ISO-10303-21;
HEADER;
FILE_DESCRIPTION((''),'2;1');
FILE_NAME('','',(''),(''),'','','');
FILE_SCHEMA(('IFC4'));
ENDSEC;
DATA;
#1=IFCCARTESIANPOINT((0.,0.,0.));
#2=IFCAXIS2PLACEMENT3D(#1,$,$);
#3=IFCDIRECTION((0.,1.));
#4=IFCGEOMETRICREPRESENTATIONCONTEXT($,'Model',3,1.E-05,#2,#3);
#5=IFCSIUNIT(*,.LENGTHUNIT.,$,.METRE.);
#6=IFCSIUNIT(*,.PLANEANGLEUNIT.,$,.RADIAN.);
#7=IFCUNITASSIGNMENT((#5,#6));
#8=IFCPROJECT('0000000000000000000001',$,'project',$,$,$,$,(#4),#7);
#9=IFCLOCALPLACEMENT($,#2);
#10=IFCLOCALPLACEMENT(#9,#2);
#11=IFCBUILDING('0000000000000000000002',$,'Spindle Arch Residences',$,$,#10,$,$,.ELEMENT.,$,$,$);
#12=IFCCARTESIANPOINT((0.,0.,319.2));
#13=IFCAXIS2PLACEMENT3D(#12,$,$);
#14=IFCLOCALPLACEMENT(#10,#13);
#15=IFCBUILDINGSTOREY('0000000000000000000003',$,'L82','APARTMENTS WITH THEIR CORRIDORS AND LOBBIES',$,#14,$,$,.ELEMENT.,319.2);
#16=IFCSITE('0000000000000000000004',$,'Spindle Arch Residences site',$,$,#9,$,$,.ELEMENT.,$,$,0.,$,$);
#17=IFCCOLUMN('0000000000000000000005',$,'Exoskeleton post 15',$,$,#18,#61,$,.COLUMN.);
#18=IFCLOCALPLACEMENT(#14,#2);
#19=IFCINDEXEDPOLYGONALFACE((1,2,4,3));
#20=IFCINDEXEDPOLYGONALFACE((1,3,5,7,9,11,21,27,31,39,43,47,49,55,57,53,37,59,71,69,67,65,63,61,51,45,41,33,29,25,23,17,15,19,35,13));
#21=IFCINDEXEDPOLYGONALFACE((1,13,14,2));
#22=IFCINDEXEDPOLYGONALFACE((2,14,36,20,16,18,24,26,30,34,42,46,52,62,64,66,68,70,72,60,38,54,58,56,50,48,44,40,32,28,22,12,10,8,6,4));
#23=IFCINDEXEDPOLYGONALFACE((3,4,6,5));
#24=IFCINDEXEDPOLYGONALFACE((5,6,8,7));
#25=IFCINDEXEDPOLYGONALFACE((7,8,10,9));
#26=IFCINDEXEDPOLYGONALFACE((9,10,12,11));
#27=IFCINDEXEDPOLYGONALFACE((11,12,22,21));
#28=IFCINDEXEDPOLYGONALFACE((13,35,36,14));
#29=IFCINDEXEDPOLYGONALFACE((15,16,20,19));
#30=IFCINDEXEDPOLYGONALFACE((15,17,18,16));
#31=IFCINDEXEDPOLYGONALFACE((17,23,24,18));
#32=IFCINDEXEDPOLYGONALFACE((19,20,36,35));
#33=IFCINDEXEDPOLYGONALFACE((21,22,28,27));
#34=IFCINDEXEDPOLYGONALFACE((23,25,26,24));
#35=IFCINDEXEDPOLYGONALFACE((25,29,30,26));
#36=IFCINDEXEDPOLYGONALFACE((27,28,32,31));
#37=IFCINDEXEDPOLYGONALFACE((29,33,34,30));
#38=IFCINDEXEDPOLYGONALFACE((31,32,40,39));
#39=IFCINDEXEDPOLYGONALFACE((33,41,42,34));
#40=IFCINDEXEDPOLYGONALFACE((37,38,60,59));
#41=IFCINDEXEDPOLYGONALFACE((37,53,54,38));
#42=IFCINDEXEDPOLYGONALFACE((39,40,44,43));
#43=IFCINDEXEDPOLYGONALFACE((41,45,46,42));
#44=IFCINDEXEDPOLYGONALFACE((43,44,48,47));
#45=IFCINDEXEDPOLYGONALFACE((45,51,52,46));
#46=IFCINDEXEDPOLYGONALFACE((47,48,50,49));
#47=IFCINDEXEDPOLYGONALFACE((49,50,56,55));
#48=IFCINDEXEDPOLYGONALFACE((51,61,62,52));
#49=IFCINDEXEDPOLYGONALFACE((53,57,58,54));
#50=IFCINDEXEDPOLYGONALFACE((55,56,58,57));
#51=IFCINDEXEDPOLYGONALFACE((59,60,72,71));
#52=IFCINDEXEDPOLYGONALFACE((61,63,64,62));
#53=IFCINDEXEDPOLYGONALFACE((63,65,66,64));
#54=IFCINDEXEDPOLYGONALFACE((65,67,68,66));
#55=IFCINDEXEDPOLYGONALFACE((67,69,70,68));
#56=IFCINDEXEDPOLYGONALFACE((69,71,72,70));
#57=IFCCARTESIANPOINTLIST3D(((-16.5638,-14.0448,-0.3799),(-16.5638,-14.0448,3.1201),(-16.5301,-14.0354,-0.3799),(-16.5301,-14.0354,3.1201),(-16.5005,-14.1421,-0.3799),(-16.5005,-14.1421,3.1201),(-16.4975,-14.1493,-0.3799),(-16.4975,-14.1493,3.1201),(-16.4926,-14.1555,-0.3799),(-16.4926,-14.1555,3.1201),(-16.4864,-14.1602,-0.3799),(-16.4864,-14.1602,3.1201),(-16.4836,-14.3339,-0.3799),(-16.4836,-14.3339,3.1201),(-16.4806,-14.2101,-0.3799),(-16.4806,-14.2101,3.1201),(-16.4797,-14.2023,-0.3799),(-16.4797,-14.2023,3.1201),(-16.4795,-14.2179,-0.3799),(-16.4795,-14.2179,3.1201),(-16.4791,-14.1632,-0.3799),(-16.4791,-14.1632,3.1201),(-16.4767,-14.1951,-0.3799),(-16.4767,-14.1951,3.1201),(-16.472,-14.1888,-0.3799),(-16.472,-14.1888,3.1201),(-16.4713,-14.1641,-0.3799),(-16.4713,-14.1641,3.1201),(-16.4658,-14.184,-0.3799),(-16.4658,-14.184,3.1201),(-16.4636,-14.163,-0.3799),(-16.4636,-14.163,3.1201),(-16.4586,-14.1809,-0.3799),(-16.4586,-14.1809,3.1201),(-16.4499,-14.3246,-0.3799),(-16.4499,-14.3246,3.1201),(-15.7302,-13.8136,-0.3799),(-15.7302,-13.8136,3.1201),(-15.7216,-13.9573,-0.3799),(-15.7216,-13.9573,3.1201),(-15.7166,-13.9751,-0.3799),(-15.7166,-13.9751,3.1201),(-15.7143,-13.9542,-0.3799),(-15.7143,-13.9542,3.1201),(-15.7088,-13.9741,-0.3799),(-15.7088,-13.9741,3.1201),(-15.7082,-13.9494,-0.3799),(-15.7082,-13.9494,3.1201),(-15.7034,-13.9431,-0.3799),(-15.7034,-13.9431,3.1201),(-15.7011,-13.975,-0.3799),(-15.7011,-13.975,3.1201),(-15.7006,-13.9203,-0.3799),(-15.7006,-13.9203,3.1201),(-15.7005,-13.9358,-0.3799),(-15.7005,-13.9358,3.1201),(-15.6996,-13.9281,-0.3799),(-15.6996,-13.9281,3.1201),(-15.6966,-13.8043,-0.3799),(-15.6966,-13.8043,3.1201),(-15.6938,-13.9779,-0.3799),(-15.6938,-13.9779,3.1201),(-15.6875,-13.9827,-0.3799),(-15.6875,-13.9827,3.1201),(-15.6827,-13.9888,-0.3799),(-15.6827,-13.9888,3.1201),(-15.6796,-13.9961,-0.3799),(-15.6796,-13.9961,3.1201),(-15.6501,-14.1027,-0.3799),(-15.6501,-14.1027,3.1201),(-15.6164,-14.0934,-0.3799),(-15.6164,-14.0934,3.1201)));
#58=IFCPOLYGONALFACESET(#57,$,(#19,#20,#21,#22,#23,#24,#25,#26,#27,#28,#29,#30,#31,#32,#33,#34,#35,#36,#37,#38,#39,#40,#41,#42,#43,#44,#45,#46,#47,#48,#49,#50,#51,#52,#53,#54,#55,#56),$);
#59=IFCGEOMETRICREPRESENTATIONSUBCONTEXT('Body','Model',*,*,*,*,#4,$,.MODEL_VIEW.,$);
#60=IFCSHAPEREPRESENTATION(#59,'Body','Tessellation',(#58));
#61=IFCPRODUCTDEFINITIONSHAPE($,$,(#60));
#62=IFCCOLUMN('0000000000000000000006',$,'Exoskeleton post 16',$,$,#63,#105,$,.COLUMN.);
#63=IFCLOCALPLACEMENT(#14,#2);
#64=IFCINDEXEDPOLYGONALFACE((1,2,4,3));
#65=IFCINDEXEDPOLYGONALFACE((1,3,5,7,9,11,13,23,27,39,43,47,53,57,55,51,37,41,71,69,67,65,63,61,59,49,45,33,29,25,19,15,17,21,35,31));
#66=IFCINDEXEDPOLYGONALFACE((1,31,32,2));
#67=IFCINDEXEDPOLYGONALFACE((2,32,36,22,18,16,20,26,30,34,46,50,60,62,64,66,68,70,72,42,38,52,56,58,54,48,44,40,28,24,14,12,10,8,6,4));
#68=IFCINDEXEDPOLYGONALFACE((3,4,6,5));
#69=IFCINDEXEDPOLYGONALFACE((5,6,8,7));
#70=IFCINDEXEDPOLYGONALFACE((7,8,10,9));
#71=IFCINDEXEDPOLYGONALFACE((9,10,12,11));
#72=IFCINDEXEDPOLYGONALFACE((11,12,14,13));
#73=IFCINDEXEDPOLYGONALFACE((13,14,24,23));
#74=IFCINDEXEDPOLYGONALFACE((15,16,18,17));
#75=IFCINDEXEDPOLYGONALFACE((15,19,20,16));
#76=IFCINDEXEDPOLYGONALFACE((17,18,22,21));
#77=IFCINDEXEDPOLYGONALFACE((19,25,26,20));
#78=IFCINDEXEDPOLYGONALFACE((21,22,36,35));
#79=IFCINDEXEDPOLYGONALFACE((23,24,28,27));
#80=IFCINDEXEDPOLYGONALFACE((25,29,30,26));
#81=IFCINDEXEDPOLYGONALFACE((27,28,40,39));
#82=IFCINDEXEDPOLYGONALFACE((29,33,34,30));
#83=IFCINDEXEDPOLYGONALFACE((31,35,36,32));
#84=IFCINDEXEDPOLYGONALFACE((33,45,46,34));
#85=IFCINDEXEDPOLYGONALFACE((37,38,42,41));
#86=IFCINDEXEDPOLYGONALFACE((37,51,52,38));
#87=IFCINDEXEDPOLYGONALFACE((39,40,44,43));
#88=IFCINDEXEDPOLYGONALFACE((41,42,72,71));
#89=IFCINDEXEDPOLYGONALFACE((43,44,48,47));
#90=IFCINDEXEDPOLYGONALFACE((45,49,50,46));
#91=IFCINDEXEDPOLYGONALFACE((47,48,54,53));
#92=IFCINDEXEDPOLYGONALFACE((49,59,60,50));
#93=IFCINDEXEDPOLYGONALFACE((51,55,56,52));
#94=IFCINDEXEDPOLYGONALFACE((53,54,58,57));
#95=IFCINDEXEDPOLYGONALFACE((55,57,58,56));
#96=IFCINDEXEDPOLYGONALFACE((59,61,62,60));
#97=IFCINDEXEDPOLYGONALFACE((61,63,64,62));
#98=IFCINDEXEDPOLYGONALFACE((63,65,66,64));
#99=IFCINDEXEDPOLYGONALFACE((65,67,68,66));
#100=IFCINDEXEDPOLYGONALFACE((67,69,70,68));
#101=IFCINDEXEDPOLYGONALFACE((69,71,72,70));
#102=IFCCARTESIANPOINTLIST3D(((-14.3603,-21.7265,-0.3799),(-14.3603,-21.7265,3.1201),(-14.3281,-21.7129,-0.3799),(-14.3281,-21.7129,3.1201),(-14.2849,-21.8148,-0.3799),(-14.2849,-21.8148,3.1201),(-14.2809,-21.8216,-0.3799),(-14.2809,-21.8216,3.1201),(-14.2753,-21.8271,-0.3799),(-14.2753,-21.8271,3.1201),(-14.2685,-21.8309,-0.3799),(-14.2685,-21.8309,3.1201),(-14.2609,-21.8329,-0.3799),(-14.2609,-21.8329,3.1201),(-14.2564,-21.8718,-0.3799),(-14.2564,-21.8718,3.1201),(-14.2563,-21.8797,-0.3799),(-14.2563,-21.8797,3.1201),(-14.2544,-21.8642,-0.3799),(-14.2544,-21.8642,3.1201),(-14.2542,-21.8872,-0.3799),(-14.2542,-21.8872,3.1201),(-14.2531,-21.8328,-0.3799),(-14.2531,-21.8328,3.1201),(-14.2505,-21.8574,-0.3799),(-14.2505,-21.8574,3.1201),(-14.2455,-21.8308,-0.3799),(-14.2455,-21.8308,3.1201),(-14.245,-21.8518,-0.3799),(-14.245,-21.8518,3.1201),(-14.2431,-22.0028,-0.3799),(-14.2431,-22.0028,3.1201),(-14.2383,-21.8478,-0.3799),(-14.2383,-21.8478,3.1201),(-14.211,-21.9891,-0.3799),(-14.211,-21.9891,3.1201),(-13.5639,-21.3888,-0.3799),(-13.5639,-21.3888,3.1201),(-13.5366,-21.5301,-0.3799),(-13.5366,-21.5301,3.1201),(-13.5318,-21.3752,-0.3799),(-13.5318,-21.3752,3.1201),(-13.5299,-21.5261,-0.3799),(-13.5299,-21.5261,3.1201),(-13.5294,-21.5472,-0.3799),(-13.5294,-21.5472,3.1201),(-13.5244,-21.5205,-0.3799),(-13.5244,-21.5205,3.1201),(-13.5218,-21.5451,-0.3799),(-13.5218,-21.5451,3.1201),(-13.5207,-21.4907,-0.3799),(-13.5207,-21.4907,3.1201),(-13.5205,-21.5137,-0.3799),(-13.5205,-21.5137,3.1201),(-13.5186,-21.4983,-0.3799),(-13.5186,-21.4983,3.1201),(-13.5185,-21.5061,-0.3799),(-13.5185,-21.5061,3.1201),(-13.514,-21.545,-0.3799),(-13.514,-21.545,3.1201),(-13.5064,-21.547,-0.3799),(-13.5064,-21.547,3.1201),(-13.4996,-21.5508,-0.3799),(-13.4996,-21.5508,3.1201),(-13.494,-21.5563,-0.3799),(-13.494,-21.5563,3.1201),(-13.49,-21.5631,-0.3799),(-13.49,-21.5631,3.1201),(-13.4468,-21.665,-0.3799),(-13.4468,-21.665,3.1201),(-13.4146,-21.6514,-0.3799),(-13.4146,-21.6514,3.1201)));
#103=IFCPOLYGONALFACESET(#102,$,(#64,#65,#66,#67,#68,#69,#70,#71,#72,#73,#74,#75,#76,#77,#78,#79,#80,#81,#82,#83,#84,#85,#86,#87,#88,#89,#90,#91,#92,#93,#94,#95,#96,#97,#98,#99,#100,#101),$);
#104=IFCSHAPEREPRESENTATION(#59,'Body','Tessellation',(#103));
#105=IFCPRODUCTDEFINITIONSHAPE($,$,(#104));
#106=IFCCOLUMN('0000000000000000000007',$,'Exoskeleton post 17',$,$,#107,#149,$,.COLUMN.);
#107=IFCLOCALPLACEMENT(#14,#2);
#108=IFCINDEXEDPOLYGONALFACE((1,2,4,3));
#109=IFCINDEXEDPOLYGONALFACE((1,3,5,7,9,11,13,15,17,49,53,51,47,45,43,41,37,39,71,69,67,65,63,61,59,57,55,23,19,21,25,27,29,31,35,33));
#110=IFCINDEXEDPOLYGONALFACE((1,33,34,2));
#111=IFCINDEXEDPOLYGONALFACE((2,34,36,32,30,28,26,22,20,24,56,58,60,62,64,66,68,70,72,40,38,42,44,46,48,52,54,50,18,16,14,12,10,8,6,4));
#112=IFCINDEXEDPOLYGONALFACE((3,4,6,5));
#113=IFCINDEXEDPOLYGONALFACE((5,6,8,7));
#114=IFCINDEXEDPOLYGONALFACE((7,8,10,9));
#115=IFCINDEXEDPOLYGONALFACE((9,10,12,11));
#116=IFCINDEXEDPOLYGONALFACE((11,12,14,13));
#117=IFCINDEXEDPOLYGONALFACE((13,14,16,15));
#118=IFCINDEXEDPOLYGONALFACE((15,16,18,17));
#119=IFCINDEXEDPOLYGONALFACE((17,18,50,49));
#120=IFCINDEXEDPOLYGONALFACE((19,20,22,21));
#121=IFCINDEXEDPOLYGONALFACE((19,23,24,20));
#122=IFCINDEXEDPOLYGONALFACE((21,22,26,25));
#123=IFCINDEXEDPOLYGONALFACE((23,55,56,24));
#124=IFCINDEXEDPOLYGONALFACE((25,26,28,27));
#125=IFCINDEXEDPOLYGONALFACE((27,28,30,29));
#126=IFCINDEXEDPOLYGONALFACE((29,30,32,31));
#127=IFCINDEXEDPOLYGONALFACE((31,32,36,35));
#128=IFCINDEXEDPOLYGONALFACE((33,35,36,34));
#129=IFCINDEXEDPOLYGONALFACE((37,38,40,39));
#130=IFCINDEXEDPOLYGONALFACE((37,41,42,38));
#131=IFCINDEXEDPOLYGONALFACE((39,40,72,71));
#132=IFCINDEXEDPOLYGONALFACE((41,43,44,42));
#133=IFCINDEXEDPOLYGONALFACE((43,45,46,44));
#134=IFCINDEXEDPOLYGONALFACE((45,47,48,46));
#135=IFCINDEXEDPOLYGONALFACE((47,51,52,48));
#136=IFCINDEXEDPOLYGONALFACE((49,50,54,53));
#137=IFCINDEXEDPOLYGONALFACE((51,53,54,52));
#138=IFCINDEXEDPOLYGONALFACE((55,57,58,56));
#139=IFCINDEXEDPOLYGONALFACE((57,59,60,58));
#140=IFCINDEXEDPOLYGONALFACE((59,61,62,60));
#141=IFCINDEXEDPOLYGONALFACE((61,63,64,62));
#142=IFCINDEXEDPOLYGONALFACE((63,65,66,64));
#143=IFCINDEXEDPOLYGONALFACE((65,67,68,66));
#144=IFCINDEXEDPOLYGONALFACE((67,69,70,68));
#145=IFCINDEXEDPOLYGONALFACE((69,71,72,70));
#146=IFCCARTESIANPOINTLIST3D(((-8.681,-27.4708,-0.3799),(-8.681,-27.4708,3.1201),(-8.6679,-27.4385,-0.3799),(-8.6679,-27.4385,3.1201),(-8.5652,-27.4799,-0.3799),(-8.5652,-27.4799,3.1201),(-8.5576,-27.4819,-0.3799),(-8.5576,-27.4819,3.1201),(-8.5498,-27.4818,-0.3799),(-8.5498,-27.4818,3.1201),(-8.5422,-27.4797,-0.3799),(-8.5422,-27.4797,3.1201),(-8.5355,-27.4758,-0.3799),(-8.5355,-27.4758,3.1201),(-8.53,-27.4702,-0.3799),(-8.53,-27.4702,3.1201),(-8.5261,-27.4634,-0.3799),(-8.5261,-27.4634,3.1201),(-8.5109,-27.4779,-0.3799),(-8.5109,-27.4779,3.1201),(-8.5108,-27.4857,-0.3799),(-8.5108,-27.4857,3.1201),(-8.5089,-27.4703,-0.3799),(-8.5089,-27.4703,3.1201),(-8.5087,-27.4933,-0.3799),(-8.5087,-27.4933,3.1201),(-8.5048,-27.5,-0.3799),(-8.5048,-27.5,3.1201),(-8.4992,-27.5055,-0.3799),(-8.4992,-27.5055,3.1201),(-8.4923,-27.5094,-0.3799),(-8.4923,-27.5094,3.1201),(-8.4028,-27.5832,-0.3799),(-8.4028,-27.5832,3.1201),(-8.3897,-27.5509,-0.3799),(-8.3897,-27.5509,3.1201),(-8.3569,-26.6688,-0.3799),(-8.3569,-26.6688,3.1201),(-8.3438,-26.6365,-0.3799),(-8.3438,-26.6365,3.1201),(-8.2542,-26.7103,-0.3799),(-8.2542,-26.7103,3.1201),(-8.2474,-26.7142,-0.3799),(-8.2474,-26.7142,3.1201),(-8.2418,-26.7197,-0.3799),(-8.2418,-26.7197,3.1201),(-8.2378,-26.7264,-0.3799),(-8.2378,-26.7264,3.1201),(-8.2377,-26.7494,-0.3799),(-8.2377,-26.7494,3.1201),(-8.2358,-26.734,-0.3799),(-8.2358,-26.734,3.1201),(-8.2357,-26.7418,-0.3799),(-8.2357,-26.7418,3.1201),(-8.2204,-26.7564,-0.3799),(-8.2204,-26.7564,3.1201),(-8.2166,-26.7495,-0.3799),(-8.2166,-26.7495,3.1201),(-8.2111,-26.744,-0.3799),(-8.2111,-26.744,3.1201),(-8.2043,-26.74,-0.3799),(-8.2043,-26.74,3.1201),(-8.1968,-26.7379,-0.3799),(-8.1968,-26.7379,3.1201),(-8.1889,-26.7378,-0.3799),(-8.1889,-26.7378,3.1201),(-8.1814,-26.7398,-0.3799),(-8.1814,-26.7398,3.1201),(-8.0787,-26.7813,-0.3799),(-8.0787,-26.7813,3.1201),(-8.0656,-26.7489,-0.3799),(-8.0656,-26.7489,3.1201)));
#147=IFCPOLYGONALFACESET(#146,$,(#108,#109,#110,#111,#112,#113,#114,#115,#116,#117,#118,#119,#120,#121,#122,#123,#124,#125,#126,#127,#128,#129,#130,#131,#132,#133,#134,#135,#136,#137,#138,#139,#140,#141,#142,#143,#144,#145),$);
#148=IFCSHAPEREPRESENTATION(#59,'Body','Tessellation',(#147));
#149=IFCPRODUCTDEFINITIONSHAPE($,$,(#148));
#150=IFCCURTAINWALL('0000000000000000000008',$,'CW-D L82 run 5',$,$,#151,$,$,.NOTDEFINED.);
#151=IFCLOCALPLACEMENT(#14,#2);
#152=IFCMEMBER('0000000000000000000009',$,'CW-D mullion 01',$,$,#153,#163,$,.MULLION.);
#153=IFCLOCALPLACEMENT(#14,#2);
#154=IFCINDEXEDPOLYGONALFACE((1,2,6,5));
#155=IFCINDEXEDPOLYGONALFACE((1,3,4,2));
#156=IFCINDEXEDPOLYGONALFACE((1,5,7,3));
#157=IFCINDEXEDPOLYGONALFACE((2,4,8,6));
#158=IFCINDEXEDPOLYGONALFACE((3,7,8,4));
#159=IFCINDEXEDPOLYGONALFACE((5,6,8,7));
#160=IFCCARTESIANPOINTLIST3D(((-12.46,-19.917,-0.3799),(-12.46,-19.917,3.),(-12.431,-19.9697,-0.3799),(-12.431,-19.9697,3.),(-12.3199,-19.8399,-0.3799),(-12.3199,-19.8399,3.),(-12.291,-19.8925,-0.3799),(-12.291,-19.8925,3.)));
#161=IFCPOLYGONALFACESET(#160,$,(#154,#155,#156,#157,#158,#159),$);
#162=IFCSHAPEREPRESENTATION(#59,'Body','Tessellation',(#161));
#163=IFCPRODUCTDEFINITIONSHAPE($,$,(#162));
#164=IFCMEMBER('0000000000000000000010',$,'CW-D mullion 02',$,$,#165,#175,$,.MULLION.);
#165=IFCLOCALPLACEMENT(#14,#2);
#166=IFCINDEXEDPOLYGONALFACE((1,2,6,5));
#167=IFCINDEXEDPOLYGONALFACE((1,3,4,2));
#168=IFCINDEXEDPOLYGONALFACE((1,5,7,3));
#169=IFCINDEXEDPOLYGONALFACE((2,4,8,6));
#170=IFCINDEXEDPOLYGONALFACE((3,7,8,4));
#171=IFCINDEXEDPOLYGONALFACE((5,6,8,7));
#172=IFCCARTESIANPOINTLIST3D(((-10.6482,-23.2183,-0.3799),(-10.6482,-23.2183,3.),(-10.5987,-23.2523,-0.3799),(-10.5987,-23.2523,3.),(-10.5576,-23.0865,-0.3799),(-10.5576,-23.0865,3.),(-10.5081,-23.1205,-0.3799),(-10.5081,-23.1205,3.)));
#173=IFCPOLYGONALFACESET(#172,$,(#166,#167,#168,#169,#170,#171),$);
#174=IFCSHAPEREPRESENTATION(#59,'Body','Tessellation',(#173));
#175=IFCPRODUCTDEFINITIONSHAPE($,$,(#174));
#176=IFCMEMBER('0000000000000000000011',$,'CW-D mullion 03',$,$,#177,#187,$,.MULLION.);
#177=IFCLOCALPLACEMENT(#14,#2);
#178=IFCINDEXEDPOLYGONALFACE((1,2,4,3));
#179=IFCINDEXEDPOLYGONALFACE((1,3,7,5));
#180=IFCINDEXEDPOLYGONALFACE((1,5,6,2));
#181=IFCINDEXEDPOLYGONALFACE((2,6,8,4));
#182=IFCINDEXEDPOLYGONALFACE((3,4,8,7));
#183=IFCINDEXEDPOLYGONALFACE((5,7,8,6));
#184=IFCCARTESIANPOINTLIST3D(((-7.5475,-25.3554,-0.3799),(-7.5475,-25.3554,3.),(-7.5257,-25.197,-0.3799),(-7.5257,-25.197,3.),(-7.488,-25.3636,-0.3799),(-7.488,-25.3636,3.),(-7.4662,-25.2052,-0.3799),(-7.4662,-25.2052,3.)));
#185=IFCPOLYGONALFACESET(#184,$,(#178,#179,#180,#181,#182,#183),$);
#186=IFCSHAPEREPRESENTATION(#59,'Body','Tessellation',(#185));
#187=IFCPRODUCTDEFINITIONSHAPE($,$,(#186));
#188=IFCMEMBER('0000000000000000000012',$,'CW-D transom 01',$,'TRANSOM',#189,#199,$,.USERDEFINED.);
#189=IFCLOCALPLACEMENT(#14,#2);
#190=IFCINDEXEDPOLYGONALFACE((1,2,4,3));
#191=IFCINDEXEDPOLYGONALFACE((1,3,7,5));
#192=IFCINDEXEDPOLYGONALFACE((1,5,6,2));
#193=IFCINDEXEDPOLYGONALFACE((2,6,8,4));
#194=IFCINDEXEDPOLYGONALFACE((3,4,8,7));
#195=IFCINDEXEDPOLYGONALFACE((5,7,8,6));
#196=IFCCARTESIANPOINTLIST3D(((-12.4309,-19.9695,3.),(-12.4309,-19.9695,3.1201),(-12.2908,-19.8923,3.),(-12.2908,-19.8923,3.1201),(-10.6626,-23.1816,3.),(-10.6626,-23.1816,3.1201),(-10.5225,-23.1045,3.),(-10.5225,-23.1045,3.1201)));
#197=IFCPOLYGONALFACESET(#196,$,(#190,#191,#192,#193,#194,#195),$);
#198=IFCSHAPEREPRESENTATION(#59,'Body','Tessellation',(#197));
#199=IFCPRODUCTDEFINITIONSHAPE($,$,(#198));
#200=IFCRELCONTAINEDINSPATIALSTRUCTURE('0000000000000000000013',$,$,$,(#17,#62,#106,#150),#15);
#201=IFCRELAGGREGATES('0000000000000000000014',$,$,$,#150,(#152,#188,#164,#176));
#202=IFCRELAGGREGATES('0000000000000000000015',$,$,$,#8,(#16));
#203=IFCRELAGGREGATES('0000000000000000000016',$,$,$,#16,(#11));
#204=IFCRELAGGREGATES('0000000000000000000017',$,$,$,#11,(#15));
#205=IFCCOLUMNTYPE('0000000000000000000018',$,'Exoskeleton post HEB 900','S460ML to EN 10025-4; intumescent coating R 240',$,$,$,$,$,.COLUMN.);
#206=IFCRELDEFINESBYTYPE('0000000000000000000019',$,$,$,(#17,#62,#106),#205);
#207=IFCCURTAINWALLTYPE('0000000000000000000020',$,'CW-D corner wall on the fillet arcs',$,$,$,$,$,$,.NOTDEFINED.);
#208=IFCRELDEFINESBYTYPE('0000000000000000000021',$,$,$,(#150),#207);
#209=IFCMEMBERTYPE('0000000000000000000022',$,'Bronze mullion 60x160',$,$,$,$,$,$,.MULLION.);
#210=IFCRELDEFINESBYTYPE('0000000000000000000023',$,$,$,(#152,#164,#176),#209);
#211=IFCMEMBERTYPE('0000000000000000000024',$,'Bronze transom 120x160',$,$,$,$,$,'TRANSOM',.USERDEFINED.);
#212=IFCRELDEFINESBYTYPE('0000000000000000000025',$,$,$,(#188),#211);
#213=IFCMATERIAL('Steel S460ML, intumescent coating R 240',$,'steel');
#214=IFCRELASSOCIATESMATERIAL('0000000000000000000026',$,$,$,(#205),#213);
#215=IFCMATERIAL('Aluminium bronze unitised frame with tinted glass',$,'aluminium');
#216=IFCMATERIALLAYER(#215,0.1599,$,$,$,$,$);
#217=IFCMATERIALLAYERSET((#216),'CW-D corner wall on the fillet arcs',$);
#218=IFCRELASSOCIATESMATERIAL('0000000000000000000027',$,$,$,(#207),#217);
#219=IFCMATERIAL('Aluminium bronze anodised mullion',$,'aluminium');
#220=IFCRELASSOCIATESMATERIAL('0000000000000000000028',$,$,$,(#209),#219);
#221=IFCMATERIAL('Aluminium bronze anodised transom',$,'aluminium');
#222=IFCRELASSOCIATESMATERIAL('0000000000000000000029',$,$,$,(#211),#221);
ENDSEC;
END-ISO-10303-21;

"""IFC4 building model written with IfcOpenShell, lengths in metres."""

from ifc_helpers import new_model, si_unit, direction, frame, origin, origin_2d, place, context, subcontext, project, spatial, rectangle, i_section, extrude, material, layer, layer_set, material_profile, profile_set, type_object, element, aggregate, save


model = new_model("IFC4")

# Units and contexts
model_context = context("Model", 3, precision=1e-05, world=origin(), true_north=direction((0.0, 1.0)))
body_context = subcontext(model_context, "Body", "Model", "MODEL_VIEW")
ifc_project = project(units=[si_unit("LENGTHUNIT", "METRE"), si_unit("PLANEANGLEUNIT", "RADIAN")], contexts=[model_context])

# Site, building, storey
site_placement = place(None, origin())
site = spatial("IfcSite", under=ifc_project, at=site_placement, Name="Spindle Arch Residences site", CompositionType="ELEMENT", RefElevation=0.0)
building_placement = place(site_placement, origin())
building = spatial("IfcBuilding", under=site, at=building_placement, Name="Spindle Arch Residences", CompositionType="ELEMENT")
storey_placement = place(building_placement, frame((0.0, 0.0, 319.2)))
storey = spatial("IfcBuildingStorey", under=building, at=storey_placement, Name="L82", Description="APARTMENTS WITH THEIR CORRIDORS AND LOBBIES", CompositionType="ELEMENT", Elevation=319.2)

# Columns
ifc_material_1 = material(Name="Steel S460ML, intumescent coating R 240", Category="steel")
ifc_material_profile_1 = material_profile(ifc_material_1, i_section(OverallWidth=0.3, OverallDepth=0.8999, WebThickness=0.0186, FlangeThickness=0.0349, FilletRadius=0.03, at=origin_2d()), Name="HEB 900")
ifc_profile_set_1 = profile_set([ifc_material_profile_1], Name="Steel S460ML, intumescent coating R 240")
column_type = type_object("IfcColumnType", Name="Exoskeleton post HEB 900", Description="S460ML to EN 10025-4; intumescent coating R 240", PredefinedType="COLUMN", material=ifc_profile_set_1)
for number, where, z_axis, x_axis, name in (
    (1, (-16.0901, -14.0691, -0.3799), (0.0, 0.0, 1.0), (-0.267238, 0.963631, 0.0), "Exoskeleton post 15"),
    (2, (-13.8875, -21.689, -0.3799), (0.0, 0.0, 1.0), (-0.390458, 0.920621, 0.0), "Exoskeleton post 16"),
    (3, (-8.3733, -27.1099, -0.3799), (0.0, 0.0, 1.0), (-0.927168, 0.374646, 0.0), "Exoskeleton post 17"),
):
    element("IfcColumn", number, at=place(storey_placement, frame(where, z_axis=z_axis, x_axis=x_axis)), inside=storey, type_object=column_type, Name=name, PredefinedType="COLUMN", context=body_context, shape_type="SweptSolid", body=[
        extrude(i_section(OverallWidth=0.3, OverallDepth=0.8999, WebThickness=0.0186, FlangeThickness=0.0349, FilletRadius=0.03, at=origin_2d()), origin(), (0.0, 0.0, 1.0), 3.5),
    ])

# Curtain wall, members
ifc_material_2 = material(Name="Aluminium bronze unitised frame with tinted glass", Category="aluminium")
ifc_layer_1 = layer(ifc_material_2, 0.1599)
ifc_layer_set_1 = layer_set([ifc_layer_1], Name="CW-D corner wall on the fillet arcs")
curtain_wall_type = type_object("IfcCurtainWallType", Name="CW-D corner wall on the fillet arcs", PredefinedType="NOTDEFINED", material=ifc_layer_set_1)
curtain_wall_placement = place(storey_placement, origin())
curtain_wall = element("IfcCurtainWall", 4, at=curtain_wall_placement, inside=storey, type_object=curtain_wall_type, Name="CW-D L82 run 5", PredefinedType="NOTDEFINED")
ifc_material_3 = material(Name="Aluminium bronze anodised mullion", Category="aluminium")
ifc_material_profile_2 = material_profile(ifc_material_3, rectangle(XDim=0.1599, YDim=0.0601, at=origin_2d()), Name="MU 60x160")
ifc_profile_set_2 = profile_set([ifc_material_profile_2], Name="Aluminium bronze anodised mullion")
member_type_1 = type_object("IfcMemberType", Name="Bronze mullion 60x160", PredefinedType="MULLION", material=ifc_profile_set_2)
member_1_placement = place(storey_placement, frame((-12.3755, -19.9048, -0.3799), z_axis=(0.0, 0.0, 1.0), x_axis=(0.876026, 0.482263, 0.0)))
member_1 = element("IfcMember", 5, at=member_1_placement, type_object=member_type_1, Name="CW-D mullion 01", PredefinedType="MULLION", context=body_context, shape_type="SweptSolid", body=[
    extrude(rectangle(XDim=0.1599, YDim=0.0601, at=origin_2d()), origin(), (0.0, 0.0, 1.0), 3.3799),
])
member_2_placement = place(storey_placement, frame((-10.5781, -23.1694, -0.3799), z_axis=(0.0, 0.0, 1.0), x_axis=(0.566406, 0.824126, 0.0)))
member_2 = element("IfcMember", 6, at=member_2_placement, type_object=member_type_1, Name="CW-D mullion 02", PredefinedType="MULLION", context=body_context, shape_type="SweptSolid", body=[
    extrude(rectangle(XDim=0.1599, YDim=0.0601, at=origin_2d()), origin(), (0.0, 0.0, 1.0), 3.3799),
])
member_3_placement = place(storey_placement, frame((-7.5068, -25.2803, -0.3799), z_axis=(0.0, 0.0, 1.0), x_axis=(0.136292, 0.990669, 0.0)))
member_3 = element("IfcMember", 7, at=member_3_placement, type_object=member_type_1, Name="CW-D mullion 03", PredefinedType="MULLION", context=body_context, shape_type="SweptSolid", body=[
    extrude(rectangle(XDim=0.1599, YDim=0.0601, at=origin_2d()), origin(), (0.0, 0.0, 1.0), 3.3799),
])
ifc_material_4 = material(Name="Aluminium bronze anodised transom", Category="aluminium")
ifc_material_profile_3 = material_profile(ifc_material_4, rectangle(XDim=0.1599, YDim=0.1201, at=origin_2d()), Name="TR 120x160")
ifc_profile_set_3 = profile_set([ifc_material_profile_3], Name="Aluminium bronze anodised transom")
member_type_2 = type_object("IfcMemberType", Name="Bronze transom 120x160", ElementType="TRANSOM", PredefinedType="USERDEFINED", material=ifc_profile_set_3)
member_4_placement = place(storey_placement, frame((-12.3608, -19.9309, 3.0601), z_axis=(0.482259, -0.876029, 0.0), x_axis=(0.876029, 0.482259, 0.0)))
member_4 = element("IfcMember", 8, at=member_4_placement, type_object=member_type_2, Name="CW-D transom 01", ObjectType="TRANSOM", PredefinedType="USERDEFINED", context=body_context, shape_type="SweptSolid", body=[
    extrude(rectangle(XDim=0.1599, YDim=0.1201, at=origin_2d()), origin(), (0.0, 0.0, 1.0), 3.6667),
])

aggregate(curtain_wall, [member_1, member_4, member_2, member_3])

save(model, "model.ifc")
